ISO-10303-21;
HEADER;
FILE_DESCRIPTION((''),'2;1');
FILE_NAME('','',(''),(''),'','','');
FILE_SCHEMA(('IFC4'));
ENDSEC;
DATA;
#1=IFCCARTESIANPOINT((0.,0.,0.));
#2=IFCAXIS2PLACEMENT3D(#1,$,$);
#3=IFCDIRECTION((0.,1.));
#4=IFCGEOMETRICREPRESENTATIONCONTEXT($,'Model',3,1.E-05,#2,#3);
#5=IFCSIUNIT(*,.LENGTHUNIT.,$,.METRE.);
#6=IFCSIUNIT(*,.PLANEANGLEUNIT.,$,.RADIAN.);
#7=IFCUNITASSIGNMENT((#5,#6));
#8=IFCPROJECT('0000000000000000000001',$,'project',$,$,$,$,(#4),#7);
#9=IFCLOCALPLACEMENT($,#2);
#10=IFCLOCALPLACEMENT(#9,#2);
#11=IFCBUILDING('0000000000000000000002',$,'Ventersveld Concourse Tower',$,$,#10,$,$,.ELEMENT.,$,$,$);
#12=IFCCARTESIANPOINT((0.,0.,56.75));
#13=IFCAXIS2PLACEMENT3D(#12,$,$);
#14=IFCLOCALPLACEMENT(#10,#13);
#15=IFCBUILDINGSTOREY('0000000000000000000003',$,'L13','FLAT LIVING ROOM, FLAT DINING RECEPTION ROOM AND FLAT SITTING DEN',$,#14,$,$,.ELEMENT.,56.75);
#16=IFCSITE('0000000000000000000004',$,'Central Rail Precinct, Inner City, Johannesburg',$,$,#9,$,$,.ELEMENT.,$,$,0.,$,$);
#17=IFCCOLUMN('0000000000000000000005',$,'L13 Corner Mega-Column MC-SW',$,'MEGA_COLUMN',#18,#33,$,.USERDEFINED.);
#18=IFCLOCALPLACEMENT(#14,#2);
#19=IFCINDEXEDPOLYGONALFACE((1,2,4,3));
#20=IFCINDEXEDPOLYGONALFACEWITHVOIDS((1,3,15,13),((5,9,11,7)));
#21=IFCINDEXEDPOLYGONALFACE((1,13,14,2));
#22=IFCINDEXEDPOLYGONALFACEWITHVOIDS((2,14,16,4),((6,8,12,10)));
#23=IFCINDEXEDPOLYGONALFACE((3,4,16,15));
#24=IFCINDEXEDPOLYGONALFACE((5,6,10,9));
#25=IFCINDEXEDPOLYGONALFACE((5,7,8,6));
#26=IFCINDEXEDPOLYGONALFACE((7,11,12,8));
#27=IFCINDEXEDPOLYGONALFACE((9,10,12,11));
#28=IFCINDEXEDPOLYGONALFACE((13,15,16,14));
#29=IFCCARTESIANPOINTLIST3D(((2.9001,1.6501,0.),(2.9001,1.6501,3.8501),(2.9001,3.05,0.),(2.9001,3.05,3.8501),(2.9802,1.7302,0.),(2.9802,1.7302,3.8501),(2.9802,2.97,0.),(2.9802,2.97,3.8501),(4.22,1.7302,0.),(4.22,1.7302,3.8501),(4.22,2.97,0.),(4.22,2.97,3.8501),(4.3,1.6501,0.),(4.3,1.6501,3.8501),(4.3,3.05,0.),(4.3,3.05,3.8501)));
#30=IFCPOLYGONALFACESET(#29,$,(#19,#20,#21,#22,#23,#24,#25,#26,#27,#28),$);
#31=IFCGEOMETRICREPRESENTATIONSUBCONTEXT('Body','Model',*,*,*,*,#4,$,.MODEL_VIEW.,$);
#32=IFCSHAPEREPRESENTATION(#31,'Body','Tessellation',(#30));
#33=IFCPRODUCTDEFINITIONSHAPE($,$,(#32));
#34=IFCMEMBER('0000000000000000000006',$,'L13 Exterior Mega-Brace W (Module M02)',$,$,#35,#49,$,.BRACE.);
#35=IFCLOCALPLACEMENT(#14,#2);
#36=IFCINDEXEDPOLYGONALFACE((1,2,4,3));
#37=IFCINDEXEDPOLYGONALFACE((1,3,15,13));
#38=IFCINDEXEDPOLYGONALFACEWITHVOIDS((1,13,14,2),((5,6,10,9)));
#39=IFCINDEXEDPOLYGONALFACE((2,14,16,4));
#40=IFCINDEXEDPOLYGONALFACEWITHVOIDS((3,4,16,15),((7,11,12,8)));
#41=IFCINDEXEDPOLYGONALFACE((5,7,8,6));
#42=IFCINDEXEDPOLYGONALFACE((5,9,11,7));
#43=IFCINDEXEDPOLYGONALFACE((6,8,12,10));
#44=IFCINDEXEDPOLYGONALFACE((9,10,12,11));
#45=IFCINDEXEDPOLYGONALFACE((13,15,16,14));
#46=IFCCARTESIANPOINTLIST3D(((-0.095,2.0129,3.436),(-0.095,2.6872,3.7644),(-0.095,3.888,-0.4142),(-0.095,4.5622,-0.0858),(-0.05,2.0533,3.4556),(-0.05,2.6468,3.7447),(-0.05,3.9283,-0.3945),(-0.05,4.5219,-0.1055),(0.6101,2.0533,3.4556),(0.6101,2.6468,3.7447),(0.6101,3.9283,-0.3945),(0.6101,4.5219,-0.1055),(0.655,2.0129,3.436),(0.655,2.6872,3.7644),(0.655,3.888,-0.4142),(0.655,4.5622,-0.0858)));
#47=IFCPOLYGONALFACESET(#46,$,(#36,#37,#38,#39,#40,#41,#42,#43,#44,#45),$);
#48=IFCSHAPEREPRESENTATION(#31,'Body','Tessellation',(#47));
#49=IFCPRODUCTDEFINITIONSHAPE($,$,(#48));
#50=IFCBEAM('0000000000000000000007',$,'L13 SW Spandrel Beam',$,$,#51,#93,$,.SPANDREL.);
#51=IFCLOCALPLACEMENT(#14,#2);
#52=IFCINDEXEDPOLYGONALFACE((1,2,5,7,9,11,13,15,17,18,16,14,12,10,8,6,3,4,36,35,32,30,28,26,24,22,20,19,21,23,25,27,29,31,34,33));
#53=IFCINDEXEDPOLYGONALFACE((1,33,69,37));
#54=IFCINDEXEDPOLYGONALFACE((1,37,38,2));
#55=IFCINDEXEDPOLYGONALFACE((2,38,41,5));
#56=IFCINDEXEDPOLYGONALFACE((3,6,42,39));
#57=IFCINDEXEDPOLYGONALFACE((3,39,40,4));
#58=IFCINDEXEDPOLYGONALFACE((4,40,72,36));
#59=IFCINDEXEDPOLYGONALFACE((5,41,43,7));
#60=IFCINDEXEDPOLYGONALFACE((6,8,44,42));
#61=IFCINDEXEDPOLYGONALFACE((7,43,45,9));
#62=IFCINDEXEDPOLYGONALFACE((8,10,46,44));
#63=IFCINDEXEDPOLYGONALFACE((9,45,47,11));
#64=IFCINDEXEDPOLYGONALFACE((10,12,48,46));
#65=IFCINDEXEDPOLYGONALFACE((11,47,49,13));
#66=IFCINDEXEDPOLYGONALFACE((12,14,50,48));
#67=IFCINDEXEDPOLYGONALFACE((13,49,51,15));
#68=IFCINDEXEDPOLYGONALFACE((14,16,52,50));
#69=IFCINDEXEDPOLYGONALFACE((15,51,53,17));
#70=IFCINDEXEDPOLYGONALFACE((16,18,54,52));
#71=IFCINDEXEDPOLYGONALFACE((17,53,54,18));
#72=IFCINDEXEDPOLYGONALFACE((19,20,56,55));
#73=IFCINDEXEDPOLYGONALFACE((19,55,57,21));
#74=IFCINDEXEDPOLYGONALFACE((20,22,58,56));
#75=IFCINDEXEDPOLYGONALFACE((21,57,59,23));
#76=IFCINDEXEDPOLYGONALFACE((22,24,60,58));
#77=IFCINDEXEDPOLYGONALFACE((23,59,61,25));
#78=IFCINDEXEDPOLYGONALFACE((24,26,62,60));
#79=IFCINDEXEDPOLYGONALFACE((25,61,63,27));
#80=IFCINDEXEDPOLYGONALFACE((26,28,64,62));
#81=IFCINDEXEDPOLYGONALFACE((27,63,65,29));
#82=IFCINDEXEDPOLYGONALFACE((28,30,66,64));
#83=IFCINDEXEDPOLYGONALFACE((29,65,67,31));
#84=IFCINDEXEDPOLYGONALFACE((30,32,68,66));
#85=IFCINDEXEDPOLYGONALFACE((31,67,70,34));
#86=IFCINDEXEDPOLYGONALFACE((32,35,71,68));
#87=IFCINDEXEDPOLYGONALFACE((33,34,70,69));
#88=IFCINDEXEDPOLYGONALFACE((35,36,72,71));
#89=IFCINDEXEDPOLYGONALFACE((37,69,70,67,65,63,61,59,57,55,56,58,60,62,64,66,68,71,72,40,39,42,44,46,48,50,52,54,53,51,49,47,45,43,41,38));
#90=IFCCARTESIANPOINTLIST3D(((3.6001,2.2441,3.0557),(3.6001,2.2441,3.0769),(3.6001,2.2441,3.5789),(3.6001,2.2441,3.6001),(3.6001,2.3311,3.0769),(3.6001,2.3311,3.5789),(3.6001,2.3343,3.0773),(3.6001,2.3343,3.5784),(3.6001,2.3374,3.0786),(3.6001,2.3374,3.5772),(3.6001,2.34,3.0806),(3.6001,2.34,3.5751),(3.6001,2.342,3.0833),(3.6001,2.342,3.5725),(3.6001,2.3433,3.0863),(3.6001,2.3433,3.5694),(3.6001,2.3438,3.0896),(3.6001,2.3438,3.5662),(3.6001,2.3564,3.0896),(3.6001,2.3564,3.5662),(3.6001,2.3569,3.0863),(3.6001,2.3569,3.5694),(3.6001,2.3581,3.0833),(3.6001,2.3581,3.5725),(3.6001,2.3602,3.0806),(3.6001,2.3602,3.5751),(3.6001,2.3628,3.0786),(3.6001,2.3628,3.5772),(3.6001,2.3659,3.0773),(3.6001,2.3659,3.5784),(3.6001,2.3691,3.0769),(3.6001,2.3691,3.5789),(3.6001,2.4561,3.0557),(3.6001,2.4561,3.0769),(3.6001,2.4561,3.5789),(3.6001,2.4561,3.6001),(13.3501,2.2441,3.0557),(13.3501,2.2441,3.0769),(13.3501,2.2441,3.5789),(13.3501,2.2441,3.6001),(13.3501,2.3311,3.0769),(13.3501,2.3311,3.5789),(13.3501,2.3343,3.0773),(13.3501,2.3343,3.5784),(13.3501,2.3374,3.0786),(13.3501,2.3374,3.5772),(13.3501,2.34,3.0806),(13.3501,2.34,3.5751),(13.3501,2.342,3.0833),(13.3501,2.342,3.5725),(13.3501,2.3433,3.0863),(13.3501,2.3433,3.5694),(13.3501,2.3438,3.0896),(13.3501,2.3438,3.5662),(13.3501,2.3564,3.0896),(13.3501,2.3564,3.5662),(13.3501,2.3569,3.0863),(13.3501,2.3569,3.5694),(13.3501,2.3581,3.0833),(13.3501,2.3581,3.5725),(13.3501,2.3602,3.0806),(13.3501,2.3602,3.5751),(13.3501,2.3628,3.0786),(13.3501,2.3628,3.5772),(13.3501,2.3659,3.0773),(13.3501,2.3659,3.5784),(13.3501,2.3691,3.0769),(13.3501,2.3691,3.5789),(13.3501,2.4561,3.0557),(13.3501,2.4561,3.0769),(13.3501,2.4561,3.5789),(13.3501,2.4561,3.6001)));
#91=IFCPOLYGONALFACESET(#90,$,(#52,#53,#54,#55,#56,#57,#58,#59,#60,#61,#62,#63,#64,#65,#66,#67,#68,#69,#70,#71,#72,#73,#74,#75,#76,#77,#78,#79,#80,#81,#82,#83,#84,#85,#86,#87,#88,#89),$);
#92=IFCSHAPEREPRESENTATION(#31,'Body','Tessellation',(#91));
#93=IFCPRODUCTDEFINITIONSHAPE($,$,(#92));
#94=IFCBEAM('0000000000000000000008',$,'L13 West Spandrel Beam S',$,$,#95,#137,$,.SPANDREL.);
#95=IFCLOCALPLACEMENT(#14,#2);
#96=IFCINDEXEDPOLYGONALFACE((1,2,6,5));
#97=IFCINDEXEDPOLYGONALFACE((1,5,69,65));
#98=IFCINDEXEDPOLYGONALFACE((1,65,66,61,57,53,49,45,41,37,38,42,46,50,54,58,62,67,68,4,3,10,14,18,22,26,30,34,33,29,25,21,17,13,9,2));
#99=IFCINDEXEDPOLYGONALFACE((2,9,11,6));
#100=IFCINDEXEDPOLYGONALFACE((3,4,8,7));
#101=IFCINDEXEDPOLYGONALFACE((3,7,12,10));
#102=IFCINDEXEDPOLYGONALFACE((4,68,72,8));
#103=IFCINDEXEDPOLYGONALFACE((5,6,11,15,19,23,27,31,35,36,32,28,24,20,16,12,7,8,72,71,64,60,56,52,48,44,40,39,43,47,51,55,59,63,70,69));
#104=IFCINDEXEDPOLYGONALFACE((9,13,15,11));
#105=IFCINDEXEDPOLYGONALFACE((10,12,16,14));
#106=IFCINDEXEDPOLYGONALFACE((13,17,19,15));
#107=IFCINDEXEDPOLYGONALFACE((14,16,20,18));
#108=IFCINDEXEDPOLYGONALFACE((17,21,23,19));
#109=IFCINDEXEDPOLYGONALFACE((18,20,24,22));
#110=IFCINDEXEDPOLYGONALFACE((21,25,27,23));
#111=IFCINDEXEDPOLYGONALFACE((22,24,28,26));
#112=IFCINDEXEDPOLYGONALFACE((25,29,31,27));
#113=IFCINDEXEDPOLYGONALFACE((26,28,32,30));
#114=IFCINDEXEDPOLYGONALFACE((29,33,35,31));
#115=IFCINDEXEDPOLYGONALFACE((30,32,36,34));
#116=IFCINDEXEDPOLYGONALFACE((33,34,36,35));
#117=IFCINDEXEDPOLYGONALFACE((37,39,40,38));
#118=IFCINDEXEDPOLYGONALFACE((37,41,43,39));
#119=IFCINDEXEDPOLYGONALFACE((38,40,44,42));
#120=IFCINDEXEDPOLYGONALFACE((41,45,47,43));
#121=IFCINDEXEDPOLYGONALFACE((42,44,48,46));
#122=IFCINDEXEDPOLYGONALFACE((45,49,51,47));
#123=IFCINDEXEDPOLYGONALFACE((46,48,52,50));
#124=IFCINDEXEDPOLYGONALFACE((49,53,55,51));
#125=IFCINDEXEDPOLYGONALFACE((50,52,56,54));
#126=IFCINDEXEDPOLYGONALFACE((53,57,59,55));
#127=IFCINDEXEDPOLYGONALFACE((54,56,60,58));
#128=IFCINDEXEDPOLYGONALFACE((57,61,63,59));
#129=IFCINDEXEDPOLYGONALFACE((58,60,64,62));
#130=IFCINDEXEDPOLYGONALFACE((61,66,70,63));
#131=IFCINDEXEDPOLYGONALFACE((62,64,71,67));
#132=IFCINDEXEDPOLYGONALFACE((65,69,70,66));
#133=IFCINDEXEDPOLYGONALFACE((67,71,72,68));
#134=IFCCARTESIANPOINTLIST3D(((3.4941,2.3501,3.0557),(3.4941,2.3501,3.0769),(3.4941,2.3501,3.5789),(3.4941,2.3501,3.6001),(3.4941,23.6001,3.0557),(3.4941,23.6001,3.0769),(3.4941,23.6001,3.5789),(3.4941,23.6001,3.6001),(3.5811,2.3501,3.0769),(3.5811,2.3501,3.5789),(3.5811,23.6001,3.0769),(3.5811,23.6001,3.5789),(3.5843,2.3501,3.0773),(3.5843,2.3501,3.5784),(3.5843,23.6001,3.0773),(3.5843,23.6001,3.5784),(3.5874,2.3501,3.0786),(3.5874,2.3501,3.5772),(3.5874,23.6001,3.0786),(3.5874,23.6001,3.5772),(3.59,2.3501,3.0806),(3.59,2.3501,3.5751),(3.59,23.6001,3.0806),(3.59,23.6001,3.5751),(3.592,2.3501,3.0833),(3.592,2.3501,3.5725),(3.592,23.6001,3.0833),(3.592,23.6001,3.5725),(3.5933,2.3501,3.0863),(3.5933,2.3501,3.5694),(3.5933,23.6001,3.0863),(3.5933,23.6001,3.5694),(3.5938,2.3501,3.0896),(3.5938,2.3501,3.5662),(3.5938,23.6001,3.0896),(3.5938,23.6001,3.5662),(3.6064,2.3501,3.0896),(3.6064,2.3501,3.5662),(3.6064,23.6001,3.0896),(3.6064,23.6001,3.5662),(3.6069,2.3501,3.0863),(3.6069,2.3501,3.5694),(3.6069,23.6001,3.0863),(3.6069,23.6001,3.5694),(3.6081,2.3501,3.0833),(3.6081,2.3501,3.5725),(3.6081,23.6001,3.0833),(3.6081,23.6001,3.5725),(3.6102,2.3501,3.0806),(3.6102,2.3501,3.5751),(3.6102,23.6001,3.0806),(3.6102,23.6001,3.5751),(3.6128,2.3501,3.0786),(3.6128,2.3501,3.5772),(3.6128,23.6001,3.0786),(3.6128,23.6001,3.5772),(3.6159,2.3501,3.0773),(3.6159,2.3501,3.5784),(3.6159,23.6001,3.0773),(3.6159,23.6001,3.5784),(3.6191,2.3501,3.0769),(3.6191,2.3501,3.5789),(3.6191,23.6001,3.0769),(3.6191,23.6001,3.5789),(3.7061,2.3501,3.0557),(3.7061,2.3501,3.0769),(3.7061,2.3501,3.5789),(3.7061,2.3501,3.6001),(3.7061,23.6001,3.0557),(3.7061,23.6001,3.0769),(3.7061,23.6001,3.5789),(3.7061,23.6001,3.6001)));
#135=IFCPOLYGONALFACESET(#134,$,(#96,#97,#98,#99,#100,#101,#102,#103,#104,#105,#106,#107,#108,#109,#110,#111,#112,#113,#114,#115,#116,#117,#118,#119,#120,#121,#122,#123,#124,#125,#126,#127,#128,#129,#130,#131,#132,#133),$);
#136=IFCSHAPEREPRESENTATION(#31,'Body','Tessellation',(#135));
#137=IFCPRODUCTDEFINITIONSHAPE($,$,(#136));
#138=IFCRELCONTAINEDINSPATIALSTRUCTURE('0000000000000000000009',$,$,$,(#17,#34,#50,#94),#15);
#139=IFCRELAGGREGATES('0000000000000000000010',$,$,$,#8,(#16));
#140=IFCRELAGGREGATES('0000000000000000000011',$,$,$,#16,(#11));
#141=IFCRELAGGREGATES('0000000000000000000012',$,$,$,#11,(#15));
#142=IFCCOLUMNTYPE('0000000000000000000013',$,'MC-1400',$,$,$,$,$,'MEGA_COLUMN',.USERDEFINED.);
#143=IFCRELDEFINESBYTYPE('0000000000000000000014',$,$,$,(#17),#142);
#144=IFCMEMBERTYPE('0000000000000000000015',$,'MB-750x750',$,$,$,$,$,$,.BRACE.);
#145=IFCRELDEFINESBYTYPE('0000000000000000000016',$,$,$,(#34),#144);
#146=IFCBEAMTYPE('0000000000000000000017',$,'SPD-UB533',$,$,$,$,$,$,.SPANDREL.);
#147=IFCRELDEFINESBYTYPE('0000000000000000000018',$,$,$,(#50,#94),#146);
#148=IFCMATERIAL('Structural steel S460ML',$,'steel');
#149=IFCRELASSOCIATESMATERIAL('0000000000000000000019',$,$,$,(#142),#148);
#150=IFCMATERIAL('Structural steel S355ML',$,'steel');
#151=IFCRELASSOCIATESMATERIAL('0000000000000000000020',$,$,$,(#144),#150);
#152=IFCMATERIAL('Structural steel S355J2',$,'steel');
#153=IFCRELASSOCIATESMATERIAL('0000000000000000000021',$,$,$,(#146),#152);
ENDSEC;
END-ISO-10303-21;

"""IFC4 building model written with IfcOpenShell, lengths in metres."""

from ifc_helpers import new_model, si_unit, direction, frame, origin, origin_2d, place, context, subcontext, project, spatial, hollow_rectangle, i_section, extrude, material, material_profile, profile_set, type_object, element, save


model = new_model("IFC4")

# Units and contexts
model_context = context("Model", 3, precision=1e-05, world=origin(), true_north=direction((0.0, 1.0)))
body_context = subcontext(model_context, "Body", "Model", "MODEL_VIEW")
ifc_project = project(units=[si_unit("LENGTHUNIT", "METRE"), si_unit("PLANEANGLEUNIT", "RADIAN")], contexts=[model_context])

# Site, building, storey
site_placement = place(None, origin())
site = spatial("IfcSite", under=ifc_project, at=site_placement, Name="Central Rail Precinct, Inner City, Johannesburg", CompositionType="ELEMENT", RefElevation=0.0)
building_placement = place(site_placement, origin())
building = spatial("IfcBuilding", under=site, at=building_placement, Name="Ventersveld Concourse Tower", CompositionType="ELEMENT")
storey_placement = place(building_placement, frame((0.0, 0.0, 56.75)))
storey = spatial("IfcBuildingStorey", under=building, at=storey_placement, Name="L13", Description="FLAT LIVING ROOM, FLAT DINING RECEPTION ROOM AND FLAT SITTING DEN", CompositionType="ELEMENT", Elevation=56.75)

# Column
ifc_material_1 = material(Name="Structural steel S460ML", Category="steel")
ifc_material_profile_1 = material_profile(ifc_material_1, hollow_rectangle(XDim=1.3999, YDim=1.3999, WallThickness=0.0801, at=origin_2d()), Name="BOX 1400x1400x80")
ifc_profile_set_1 = profile_set([ifc_material_profile_1], Name="Structural steel S460ML")
column_type = type_object("IfcColumnType", Name="MC-1400", ElementType="MEGA_COLUMN", PredefinedType="USERDEFINED", material=ifc_profile_set_1)
column_placement = place(storey_placement, frame((3.6001, 2.3501, 0.0), z_axis=(0.0, 0.0, 1.0), x_axis=(1.0, 0.0, 0.0)))
element("IfcColumn", 1, at=column_placement, inside=storey, type_object=column_type, Name="L13 Corner Mega-Column MC-SW", ObjectType="MEGA_COLUMN", PredefinedType="USERDEFINED", context=body_context, shape_type="SweptSolid", body=[
    extrude(hollow_rectangle(XDim=1.3999, YDim=1.3999, WallThickness=0.0801, at=origin_2d()), origin(), (0.0, 0.0, 1.0), 3.8501),
])

# Member
ifc_material_2 = material(Name="Structural steel S355ML", Category="steel")
ifc_material_profile_2 = material_profile(ifc_material_2, hollow_rectangle(XDim=0.75, YDim=0.75, WallThickness=0.0449, at=origin_2d()), Name="BOX 750x750x45")
ifc_profile_set_2 = profile_set([ifc_material_profile_2], Name="Structural steel S355ML")
member_type = type_object("IfcMemberType", Name="MB-750x750", PredefinedType="BRACE", material=ifc_profile_set_2)
member_placement = place(storey_placement, frame((0.28, 4.2251, -0.25), z_axis=(0.0, -0.437839, 0.899053), x_axis=(1.0, 0.0, 0.0)))
element("IfcMember", 2, at=member_placement, inside=storey, type_object=member_type, Name="L13 Exterior Mega-Brace W (Module M02)", PredefinedType="BRACE", context=body_context, shape_type="SweptSolid", body=[
    extrude(hollow_rectangle(XDim=0.75, YDim=0.75, WallThickness=0.0449, at=origin_2d()), origin(), (0.0, 0.0, 1.0), 4.2825),
])

# Beams
ifc_material_3 = material(Name="Structural steel S355J2", Category="steel")
ifc_material_profile_3 = material_profile(ifc_material_3, i_section(OverallWidth=0.2119, OverallDepth=0.5444, WebThickness=0.0127, FlangeThickness=0.0212, FilletRadius=0.0127, at=origin_2d()), Name="UB 533x210x122")
ifc_profile_set_3 = profile_set([ifc_material_profile_3], Name="Structural steel S355J2")
beam_type = type_object("IfcBeamType", Name="SPD-UB533", PredefinedType="SPANDREL", material=ifc_profile_set_3)
beam_1_placement = place(storey_placement, frame((3.6001, 2.3501, 3.3279), z_axis=(1.0, 0.0, 0.0), x_axis=(0.0, 1.0, 0.0)))
element("IfcBeam", 3, at=beam_1_placement, inside=storey, type_object=beam_type, Name="L13 SW Spandrel Beam", PredefinedType="SPANDREL", context=body_context, shape_type="SweptSolid", body=[
    extrude(i_section(OverallWidth=0.2119, OverallDepth=0.5444, WebThickness=0.0127, FlangeThickness=0.0212, FilletRadius=0.0127, at=origin_2d()), origin(), (0.0, 0.0, 1.0), 9.75),
])
beam_2_placement = place(storey_placement, frame((3.6001, 2.3501, 3.3279), z_axis=(0.0, 1.0, 0.0), x_axis=(-1.0, 0.0, 0.0)))
element("IfcBeam", 4, at=beam_2_placement, inside=storey, type_object=beam_type, Name="L13 West Spandrel Beam S", PredefinedType="SPANDREL", context=body_context, shape_type="SweptSolid", body=[
    extrude(i_section(OverallWidth=0.2119, OverallDepth=0.5444, WebThickness=0.0127, FlangeThickness=0.0212, FilletRadius=0.0127, at=origin_2d()), origin(), (0.0, 0.0, 1.0), 21.25),
])

save(model, "model.ifc")
